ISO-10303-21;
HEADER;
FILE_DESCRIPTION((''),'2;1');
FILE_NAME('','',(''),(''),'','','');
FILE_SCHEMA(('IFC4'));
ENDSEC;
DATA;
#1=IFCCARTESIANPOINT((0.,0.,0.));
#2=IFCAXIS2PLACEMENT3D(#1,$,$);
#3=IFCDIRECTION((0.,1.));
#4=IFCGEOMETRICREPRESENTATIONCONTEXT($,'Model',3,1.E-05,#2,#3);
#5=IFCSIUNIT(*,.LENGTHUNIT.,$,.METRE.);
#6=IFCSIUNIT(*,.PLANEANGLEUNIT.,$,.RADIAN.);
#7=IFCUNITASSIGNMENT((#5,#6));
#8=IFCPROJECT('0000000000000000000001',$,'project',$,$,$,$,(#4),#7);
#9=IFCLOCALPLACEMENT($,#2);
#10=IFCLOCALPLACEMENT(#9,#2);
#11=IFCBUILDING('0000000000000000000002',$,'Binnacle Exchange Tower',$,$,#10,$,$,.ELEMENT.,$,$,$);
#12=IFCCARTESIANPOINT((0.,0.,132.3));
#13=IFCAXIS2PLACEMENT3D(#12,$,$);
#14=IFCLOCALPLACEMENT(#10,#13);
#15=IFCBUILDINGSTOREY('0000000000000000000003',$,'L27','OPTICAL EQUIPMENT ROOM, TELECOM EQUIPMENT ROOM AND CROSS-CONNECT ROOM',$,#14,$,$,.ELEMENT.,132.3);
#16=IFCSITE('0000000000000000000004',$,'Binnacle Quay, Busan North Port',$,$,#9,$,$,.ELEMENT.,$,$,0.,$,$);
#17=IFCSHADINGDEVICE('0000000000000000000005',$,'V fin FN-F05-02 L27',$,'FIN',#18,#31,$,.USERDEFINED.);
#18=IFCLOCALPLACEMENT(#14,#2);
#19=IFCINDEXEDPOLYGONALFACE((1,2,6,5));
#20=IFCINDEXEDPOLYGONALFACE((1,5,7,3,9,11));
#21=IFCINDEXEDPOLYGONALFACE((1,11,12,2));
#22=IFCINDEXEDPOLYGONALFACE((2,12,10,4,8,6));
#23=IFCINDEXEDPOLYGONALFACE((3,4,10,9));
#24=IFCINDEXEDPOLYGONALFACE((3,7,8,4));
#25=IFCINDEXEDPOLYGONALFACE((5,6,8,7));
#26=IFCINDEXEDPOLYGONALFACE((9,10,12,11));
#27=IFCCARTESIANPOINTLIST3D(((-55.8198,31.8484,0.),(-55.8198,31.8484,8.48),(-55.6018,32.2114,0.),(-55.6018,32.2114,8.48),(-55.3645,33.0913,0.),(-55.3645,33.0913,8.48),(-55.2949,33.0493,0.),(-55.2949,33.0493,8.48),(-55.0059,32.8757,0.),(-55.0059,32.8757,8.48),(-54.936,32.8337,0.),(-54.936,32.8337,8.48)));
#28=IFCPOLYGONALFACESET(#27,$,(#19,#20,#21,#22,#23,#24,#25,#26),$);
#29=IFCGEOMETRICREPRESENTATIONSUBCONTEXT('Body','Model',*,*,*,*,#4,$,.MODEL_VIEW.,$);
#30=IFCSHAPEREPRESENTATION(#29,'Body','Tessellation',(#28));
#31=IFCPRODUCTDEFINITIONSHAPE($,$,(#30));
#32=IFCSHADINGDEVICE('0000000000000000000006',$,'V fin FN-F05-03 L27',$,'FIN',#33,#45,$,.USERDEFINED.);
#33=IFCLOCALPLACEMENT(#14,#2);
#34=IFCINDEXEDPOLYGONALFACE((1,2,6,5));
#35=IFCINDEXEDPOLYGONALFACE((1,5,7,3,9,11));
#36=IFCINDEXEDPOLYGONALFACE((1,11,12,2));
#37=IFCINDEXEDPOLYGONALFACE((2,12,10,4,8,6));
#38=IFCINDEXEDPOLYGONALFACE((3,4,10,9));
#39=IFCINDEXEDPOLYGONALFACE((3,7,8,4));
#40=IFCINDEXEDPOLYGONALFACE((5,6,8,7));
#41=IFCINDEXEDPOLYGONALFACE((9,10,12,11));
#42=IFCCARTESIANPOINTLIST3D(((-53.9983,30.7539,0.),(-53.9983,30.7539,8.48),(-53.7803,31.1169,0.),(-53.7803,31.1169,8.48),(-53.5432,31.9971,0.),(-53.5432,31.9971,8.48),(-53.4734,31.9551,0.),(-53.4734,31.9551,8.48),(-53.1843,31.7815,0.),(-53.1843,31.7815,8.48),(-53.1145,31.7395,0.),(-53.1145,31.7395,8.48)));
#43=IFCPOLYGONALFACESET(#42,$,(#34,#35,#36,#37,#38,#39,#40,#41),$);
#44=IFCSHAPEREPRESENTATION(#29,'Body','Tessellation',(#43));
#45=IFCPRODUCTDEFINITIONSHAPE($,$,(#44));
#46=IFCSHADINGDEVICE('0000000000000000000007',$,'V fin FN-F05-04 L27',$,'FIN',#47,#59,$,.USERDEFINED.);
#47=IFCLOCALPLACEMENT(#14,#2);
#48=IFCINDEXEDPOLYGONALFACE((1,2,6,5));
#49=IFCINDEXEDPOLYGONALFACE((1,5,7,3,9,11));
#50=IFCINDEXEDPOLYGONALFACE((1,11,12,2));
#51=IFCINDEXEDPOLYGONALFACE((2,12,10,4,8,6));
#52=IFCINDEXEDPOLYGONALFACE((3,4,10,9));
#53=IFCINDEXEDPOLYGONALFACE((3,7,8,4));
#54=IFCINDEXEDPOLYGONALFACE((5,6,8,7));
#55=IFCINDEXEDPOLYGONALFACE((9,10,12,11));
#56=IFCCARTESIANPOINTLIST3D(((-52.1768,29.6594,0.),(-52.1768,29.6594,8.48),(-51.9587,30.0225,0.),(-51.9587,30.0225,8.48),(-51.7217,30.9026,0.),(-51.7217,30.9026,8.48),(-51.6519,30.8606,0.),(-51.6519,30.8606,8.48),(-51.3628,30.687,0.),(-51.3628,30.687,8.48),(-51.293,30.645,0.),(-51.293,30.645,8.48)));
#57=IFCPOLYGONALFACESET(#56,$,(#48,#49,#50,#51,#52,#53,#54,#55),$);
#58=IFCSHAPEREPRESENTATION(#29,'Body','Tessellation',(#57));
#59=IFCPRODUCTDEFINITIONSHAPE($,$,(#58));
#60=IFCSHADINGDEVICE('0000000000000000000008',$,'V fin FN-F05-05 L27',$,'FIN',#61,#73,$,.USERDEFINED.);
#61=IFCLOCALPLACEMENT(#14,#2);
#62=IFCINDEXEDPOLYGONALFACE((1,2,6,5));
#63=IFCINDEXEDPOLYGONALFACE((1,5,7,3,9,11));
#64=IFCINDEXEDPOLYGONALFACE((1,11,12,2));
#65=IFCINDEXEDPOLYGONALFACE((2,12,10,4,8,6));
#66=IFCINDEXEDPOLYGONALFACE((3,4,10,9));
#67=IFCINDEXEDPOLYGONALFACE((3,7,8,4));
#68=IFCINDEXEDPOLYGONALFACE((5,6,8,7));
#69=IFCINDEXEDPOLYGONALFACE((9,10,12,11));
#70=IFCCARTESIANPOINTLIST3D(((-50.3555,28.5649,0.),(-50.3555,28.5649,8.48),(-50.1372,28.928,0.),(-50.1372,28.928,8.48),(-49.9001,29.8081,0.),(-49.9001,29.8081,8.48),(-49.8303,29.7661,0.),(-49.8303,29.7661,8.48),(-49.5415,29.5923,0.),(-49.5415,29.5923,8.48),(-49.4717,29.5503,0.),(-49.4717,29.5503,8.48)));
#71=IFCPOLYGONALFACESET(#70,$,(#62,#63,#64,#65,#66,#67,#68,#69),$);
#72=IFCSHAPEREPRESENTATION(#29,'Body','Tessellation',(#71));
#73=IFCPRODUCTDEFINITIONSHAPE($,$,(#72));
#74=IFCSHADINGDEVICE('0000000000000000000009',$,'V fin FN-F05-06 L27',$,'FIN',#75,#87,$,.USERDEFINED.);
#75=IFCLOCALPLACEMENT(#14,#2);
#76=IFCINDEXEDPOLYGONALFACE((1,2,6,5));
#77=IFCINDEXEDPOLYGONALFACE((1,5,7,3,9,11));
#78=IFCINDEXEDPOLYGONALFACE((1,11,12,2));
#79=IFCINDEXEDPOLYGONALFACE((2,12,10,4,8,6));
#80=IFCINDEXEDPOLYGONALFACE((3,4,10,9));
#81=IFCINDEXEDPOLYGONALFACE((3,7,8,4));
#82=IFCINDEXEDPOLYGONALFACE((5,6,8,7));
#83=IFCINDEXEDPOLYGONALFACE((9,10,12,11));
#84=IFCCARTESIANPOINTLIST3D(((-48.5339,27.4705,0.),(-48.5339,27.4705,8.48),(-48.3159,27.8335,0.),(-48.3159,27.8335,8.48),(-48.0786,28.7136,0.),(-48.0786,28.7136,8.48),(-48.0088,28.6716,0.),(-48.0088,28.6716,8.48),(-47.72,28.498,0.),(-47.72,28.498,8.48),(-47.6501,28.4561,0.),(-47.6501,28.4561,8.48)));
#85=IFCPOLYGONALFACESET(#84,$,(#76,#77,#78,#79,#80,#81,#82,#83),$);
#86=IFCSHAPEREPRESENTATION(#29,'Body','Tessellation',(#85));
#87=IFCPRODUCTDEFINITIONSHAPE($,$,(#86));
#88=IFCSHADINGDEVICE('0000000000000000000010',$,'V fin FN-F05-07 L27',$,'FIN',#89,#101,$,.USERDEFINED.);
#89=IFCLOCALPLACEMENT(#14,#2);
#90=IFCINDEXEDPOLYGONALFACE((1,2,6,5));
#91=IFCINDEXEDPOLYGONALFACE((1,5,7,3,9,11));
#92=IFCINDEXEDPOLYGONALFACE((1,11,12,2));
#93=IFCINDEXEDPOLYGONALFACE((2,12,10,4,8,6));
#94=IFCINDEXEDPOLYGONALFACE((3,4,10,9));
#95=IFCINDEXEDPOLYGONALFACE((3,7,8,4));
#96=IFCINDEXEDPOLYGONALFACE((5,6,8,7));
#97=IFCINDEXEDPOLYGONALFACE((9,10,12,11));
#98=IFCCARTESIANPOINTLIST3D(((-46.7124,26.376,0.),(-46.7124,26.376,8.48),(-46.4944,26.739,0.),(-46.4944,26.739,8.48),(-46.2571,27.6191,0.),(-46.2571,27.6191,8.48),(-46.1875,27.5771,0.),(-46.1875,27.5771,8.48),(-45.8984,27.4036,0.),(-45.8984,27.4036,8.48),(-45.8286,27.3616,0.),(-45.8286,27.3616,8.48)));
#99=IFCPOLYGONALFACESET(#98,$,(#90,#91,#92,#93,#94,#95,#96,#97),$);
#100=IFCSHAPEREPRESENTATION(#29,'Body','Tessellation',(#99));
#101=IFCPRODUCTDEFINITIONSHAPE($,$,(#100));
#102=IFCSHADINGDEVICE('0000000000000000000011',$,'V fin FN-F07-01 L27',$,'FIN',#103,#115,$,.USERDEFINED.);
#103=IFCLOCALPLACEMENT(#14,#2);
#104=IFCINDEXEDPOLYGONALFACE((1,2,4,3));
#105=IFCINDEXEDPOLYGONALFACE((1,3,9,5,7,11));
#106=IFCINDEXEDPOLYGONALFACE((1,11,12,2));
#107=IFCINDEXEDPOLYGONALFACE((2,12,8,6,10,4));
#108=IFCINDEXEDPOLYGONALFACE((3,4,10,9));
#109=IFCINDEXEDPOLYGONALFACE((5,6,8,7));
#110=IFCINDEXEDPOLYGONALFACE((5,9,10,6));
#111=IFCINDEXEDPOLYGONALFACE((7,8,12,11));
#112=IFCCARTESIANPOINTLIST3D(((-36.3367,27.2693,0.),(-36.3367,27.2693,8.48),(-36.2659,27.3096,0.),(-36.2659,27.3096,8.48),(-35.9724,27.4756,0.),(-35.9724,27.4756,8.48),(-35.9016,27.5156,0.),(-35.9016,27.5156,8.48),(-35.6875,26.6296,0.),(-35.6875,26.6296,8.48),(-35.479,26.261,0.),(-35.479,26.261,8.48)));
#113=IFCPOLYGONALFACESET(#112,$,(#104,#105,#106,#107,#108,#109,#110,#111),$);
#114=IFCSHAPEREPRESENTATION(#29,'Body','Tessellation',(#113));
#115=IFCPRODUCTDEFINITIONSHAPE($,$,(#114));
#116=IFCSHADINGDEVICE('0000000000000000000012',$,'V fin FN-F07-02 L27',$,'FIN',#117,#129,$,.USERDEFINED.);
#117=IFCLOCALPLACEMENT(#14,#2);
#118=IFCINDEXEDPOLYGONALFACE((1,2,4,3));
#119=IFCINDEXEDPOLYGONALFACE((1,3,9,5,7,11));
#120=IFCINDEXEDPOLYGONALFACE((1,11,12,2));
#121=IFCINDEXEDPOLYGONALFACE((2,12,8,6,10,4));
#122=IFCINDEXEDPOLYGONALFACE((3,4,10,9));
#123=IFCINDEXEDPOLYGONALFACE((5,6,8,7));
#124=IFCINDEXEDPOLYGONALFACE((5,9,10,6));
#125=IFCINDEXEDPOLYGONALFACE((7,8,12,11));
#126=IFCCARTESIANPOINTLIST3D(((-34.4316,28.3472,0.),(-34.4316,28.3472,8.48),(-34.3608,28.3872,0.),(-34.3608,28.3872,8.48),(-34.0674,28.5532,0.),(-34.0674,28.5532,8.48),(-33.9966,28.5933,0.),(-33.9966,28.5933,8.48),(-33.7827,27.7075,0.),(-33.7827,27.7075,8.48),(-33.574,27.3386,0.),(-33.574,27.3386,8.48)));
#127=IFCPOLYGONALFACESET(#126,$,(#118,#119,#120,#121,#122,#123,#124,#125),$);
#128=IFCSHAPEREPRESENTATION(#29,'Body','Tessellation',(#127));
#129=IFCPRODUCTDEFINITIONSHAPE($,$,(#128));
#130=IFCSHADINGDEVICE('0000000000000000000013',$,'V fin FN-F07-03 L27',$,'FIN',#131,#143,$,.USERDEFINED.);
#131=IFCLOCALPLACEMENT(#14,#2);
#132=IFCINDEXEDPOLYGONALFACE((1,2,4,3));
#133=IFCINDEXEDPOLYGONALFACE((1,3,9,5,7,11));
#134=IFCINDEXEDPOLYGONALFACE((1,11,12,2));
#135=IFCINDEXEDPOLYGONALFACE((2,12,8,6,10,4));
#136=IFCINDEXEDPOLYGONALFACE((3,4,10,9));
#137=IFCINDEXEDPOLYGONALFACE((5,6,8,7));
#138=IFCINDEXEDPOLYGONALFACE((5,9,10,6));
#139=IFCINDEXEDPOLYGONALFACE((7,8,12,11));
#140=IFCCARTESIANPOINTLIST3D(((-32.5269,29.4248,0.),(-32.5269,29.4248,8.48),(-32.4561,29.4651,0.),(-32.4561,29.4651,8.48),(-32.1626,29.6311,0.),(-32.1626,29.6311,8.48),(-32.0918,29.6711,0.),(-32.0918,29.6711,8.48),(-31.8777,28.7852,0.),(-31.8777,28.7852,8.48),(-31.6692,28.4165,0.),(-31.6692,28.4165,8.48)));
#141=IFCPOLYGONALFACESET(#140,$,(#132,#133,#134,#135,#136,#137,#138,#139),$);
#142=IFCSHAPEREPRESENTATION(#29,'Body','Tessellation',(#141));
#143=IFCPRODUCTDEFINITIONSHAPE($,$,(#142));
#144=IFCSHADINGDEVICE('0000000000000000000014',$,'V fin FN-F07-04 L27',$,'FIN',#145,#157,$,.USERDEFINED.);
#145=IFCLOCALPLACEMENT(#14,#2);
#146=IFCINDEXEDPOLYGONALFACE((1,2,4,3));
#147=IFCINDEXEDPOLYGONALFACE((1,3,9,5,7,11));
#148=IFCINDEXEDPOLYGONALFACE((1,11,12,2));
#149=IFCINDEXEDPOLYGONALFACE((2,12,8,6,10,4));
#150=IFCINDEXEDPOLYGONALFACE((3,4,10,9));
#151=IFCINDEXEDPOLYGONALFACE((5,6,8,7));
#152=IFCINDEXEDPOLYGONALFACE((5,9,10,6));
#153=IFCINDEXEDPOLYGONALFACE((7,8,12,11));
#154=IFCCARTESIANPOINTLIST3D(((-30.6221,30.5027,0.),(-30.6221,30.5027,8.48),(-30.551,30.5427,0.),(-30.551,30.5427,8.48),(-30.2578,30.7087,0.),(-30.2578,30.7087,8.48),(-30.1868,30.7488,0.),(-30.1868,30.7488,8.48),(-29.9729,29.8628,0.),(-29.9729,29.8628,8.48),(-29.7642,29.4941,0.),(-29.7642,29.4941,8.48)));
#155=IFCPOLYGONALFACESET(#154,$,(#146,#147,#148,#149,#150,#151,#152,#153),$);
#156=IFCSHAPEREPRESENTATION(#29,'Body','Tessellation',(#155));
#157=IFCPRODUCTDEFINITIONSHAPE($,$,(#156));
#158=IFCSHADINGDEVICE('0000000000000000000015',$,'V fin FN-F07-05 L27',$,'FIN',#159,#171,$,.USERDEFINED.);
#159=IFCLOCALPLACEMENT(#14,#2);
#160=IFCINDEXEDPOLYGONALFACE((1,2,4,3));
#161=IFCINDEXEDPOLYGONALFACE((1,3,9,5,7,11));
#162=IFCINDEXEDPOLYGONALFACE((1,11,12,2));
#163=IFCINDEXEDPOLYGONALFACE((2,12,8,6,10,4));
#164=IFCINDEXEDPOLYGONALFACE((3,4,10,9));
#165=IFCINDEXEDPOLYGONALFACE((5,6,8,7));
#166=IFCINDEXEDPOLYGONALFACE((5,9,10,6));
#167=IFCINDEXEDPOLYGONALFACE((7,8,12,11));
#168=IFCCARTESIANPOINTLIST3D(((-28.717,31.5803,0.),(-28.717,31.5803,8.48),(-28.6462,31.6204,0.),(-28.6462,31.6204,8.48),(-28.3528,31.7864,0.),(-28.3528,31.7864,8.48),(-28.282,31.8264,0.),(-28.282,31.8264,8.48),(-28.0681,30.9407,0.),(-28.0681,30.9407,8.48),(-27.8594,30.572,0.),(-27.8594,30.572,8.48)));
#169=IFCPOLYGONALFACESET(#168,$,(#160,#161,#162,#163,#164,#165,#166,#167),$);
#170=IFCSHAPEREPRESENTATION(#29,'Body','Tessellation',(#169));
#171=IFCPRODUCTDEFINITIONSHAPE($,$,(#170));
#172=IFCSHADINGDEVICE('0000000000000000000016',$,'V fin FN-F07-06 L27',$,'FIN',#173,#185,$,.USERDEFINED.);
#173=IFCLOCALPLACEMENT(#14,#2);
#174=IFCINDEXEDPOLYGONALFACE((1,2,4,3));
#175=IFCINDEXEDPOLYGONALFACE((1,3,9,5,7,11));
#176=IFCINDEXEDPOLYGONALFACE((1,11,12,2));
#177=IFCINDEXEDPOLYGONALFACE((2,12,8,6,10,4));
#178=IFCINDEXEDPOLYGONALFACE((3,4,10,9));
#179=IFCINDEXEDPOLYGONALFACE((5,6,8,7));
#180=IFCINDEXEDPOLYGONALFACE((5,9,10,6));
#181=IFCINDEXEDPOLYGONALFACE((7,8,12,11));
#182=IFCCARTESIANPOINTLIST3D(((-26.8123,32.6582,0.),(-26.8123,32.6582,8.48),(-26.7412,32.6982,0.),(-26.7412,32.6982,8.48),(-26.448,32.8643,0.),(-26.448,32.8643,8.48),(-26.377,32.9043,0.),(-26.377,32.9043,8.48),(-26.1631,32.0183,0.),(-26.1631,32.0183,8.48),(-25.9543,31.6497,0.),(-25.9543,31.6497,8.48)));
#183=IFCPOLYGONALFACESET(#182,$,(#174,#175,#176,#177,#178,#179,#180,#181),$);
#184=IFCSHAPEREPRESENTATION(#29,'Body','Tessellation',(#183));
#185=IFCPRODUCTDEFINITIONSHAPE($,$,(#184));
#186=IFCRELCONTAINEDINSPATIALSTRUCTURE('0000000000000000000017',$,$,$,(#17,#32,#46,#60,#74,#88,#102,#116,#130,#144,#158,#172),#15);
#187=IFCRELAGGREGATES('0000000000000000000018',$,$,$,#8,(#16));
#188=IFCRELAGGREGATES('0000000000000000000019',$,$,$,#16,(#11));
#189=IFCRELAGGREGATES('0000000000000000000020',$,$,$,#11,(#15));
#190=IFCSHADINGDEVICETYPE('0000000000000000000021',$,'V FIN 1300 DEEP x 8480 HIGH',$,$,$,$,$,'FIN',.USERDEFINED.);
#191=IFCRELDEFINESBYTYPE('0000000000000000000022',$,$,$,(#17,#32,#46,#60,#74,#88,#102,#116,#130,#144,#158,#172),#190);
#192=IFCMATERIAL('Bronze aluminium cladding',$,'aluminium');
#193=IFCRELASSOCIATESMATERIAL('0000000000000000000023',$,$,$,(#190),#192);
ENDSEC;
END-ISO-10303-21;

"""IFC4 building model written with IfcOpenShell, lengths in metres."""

from ifc_helpers import new_model, si_unit, direction, frame, origin, place, context, subcontext, project, spatial, polyline, outline, extrude, material, type_object, element, save


model = new_model("IFC4")

# Units and contexts
model_context = context("Model", 3, precision=1e-05, world=origin(), true_north=direction((0.0, 1.0)))
body_context = subcontext(model_context, "Body", "Model", "MODEL_VIEW")
ifc_project = project(units=[si_unit("LENGTHUNIT", "METRE"), si_unit("PLANEANGLEUNIT", "RADIAN")], contexts=[model_context])

# Site, building, storey
site_placement = place(None, origin())
site = spatial("IfcSite", under=ifc_project, at=site_placement, Name="Binnacle Quay, Busan North Port", CompositionType="ELEMENT", RefElevation=0.0)
building_placement = place(site_placement, origin())
building = spatial("IfcBuilding", under=site, at=building_placement, Name="Binnacle Exchange Tower", CompositionType="ELEMENT")
storey_placement = place(building_placement, frame((0.0, 0.0, 132.3)))
storey = spatial("IfcBuildingStorey", under=building, at=storey_placement, Name="L27", Description="OPTICAL EQUIPMENT ROOM, TELECOM EQUIPMENT ROOM AND CROSS-CONNECT ROOM", CompositionType="ELEMENT", Elevation=132.3)

# Shading devices
ifc_material = material(Name="Bronze aluminium cladding", Category="aluminium")
shading_device_type = type_object("IfcShadingDeviceType", Name="V FIN 1300 DEEP x 8480 HIGH", ElementType="FIN", PredefinedType="USERDEFINED", material=ifc_material)
shading_device_1_placement = place(storey_placement, origin())
element("IfcShadingDevice", 1, at=shading_device_1_placement, inside=storey, type_object=shading_device_type, Name="V fin FN-F05-02 L27", ObjectType="FIN", PredefinedType="USERDEFINED", context=body_context, shape_type="SweptSolid", body=[
    extrude(outline(polyline([(-55.3645, 33.0913), (-55.8198, 31.8484), (-54.936, 32.8337), (-55.0059, 32.8757), (-55.6018, 32.2114), (-55.2949, 33.0493), (-55.3645, 33.0913)])), origin(), (0.0, 0.0, 1.0), 8.48),
])
shading_device_2_placement = place(storey_placement, origin())
element("IfcShadingDevice", 2, at=shading_device_2_placement, inside=storey, type_object=shading_device_type, Name="V fin FN-F05-03 L27", ObjectType="FIN", PredefinedType="USERDEFINED", context=body_context, shape_type="SweptSolid", body=[
    extrude(outline(polyline([(-53.5432, 31.9971), (-53.9983, 30.7539), (-53.1145, 31.7395), (-53.1843, 31.7815), (-53.7803, 31.1169), (-53.4734, 31.9551), (-53.5432, 31.9971)])), origin(), (0.0, 0.0, 1.0), 8.48),
])
shading_device_3_placement = place(storey_placement, origin())
element("IfcShadingDevice", 3, at=shading_device_3_placement, inside=storey, type_object=shading_device_type, Name="V fin FN-F05-04 L27", ObjectType="FIN", PredefinedType="USERDEFINED", context=body_context, shape_type="SweptSolid", body=[
    extrude(outline(polyline([(-51.7217, 30.9026), (-52.1768, 29.6594), (-51.293, 30.645), (-51.3628, 30.687), (-51.9587, 30.0225), (-51.6519, 30.8606), (-51.7217, 30.9026)])), origin(), (0.0, 0.0, 1.0), 8.48),
])
shading_device_4_placement = place(storey_placement, origin())
element("IfcShadingDevice", 4, at=shading_device_4_placement, inside=storey, type_object=shading_device_type, Name="V fin FN-F05-05 L27", ObjectType="FIN", PredefinedType="USERDEFINED", context=body_context, shape_type="SweptSolid", body=[
    extrude(outline(polyline([(-49.9001, 29.8081), (-50.3555, 28.5649), (-49.4717, 29.5503), (-49.5415, 29.5923), (-50.1372, 28.928), (-49.8303, 29.7661), (-49.9001, 29.8081)])), origin(), (0.0, 0.0, 1.0), 8.48),
])
shading_device_5_placement = place(storey_placement, origin())
element("IfcShadingDevice", 5, at=shading_device_5_placement, inside=storey, type_object=shading_device_type, Name="V fin FN-F05-06 L27", ObjectType="FIN", PredefinedType="USERDEFINED", context=body_context, shape_type="SweptSolid", body=[
    extrude(outline(polyline([(-48.0786, 28.7136), (-48.5339, 27.4705), (-47.6501, 28.4561), (-47.72, 28.498), (-48.3159, 27.8335), (-48.0088, 28.6716), (-48.0786, 28.7136)])), origin(), (0.0, 0.0, 1.0), 8.48),
])
shading_device_6_placement = place(storey_placement, origin())
element("IfcShadingDevice", 6, at=shading_device_6_placement, inside=storey, type_object=shading_device_type, Name="V fin FN-F05-07 L27", ObjectType="FIN", PredefinedType="USERDEFINED", context=body_context, shape_type="SweptSolid", body=[
    extrude(outline(polyline([(-46.2571, 27.6191), (-46.7124, 26.376), (-45.8286, 27.3616), (-45.8984, 27.4036), (-46.4944, 26.739), (-46.1875, 27.5771), (-46.2571, 27.6191)])), origin(), (0.0, 0.0, 1.0), 8.48),
])
shading_device_7_placement = place(storey_placement, origin())
element("IfcShadingDevice", 7, at=shading_device_7_placement, inside=storey, type_object=shading_device_type, Name="V fin FN-F07-01 L27", ObjectType="FIN", PredefinedType="USERDEFINED", context=body_context, shape_type="SweptSolid", body=[
    extrude(outline(polyline([(-36.3367, 27.2693), (-35.479, 26.261), (-35.9016, 27.5156), (-35.9724, 27.4756), (-35.6875, 26.6296), (-36.2659, 27.3096), (-36.3367, 27.2693)])), origin(), (0.0, 0.0, 1.0), 8.48),
])
shading_device_8_placement = place(storey_placement, origin())
element("IfcShadingDevice", 8, at=shading_device_8_placement, inside=storey, type_object=shading_device_type, Name="V fin FN-F07-02 L27", ObjectType="FIN", PredefinedType="USERDEFINED", context=body_context, shape_type="SweptSolid", body=[
    extrude(outline(polyline([(-34.4316, 28.3472), (-33.574, 27.3386), (-33.9966, 28.5933), (-34.0674, 28.5532), (-33.7827, 27.7075), (-34.3608, 28.3872), (-34.4316, 28.3472)])), origin(), (0.0, 0.0, 1.0), 8.48),
])
shading_device_9_placement = place(storey_placement, origin())
element("IfcShadingDevice", 9, at=shading_device_9_placement, inside=storey, type_object=shading_device_type, Name="V fin FN-F07-03 L27", ObjectType="FIN", PredefinedType="USERDEFINED", context=body_context, shape_type="SweptSolid", body=[
    extrude(outline(polyline([(-32.5269, 29.4248), (-31.6692, 28.4165), (-32.0918, 29.6711), (-32.1626, 29.6311), (-31.8777, 28.7852), (-32.4561, 29.4651), (-32.5269, 29.4248)])), origin(), (0.0, 0.0, 1.0), 8.48),
])
shading_device_10_placement = place(storey_placement, origin())
element("IfcShadingDevice", 10, at=shading_device_10_placement, inside=storey, type_object=shading_device_type, Name="V fin FN-F07-04 L27", ObjectType="FIN", PredefinedType="USERDEFINED", context=body_context, shape_type="SweptSolid", body=[
    extrude(outline(polyline([(-30.6221, 30.5027), (-29.7642, 29.4941), (-30.1868, 30.7488), (-30.2578, 30.7087), (-29.9729, 29.8628), (-30.551, 30.5427), (-30.6221, 30.5027)])), origin(), (0.0, 0.0, 1.0), 8.48),
])
shading_device_11_placement = place(storey_placement, origin())
element("IfcShadingDevice", 11, at=shading_device_11_placement, inside=storey, type_object=shading_device_type, Name="V fin FN-F07-05 L27", ObjectType="FIN", PredefinedType="USERDEFINED", context=body_context, shape_type="SweptSolid", body=[
    extrude(outline(polyline([(-28.717, 31.5803), (-27.8594, 30.572), (-28.282, 31.8264), (-28.3528, 31.7864), (-28.0681, 30.9407), (-28.6462, 31.6204), (-28.717, 31.5803)])), origin(), (0.0, 0.0, 1.0), 8.48),
])
shading_device_12_placement = place(storey_placement, origin())
element("IfcShadingDevice", 12, at=shading_device_12_placement, inside=storey, type_object=shading_device_type, Name="V fin FN-F07-06 L27", ObjectType="FIN", PredefinedType="USERDEFINED", context=body_context, shape_type="SweptSolid", body=[
    extrude(outline(polyline([(-26.8123, 32.6582), (-25.9543, 31.6497), (-26.377, 32.9043), (-26.448, 32.8643), (-26.1631, 32.0183), (-26.7412, 32.6982), (-26.8123, 32.6582)])), origin(), (0.0, 0.0, 1.0), 8.48),
])

save(model, "model.ifc")
